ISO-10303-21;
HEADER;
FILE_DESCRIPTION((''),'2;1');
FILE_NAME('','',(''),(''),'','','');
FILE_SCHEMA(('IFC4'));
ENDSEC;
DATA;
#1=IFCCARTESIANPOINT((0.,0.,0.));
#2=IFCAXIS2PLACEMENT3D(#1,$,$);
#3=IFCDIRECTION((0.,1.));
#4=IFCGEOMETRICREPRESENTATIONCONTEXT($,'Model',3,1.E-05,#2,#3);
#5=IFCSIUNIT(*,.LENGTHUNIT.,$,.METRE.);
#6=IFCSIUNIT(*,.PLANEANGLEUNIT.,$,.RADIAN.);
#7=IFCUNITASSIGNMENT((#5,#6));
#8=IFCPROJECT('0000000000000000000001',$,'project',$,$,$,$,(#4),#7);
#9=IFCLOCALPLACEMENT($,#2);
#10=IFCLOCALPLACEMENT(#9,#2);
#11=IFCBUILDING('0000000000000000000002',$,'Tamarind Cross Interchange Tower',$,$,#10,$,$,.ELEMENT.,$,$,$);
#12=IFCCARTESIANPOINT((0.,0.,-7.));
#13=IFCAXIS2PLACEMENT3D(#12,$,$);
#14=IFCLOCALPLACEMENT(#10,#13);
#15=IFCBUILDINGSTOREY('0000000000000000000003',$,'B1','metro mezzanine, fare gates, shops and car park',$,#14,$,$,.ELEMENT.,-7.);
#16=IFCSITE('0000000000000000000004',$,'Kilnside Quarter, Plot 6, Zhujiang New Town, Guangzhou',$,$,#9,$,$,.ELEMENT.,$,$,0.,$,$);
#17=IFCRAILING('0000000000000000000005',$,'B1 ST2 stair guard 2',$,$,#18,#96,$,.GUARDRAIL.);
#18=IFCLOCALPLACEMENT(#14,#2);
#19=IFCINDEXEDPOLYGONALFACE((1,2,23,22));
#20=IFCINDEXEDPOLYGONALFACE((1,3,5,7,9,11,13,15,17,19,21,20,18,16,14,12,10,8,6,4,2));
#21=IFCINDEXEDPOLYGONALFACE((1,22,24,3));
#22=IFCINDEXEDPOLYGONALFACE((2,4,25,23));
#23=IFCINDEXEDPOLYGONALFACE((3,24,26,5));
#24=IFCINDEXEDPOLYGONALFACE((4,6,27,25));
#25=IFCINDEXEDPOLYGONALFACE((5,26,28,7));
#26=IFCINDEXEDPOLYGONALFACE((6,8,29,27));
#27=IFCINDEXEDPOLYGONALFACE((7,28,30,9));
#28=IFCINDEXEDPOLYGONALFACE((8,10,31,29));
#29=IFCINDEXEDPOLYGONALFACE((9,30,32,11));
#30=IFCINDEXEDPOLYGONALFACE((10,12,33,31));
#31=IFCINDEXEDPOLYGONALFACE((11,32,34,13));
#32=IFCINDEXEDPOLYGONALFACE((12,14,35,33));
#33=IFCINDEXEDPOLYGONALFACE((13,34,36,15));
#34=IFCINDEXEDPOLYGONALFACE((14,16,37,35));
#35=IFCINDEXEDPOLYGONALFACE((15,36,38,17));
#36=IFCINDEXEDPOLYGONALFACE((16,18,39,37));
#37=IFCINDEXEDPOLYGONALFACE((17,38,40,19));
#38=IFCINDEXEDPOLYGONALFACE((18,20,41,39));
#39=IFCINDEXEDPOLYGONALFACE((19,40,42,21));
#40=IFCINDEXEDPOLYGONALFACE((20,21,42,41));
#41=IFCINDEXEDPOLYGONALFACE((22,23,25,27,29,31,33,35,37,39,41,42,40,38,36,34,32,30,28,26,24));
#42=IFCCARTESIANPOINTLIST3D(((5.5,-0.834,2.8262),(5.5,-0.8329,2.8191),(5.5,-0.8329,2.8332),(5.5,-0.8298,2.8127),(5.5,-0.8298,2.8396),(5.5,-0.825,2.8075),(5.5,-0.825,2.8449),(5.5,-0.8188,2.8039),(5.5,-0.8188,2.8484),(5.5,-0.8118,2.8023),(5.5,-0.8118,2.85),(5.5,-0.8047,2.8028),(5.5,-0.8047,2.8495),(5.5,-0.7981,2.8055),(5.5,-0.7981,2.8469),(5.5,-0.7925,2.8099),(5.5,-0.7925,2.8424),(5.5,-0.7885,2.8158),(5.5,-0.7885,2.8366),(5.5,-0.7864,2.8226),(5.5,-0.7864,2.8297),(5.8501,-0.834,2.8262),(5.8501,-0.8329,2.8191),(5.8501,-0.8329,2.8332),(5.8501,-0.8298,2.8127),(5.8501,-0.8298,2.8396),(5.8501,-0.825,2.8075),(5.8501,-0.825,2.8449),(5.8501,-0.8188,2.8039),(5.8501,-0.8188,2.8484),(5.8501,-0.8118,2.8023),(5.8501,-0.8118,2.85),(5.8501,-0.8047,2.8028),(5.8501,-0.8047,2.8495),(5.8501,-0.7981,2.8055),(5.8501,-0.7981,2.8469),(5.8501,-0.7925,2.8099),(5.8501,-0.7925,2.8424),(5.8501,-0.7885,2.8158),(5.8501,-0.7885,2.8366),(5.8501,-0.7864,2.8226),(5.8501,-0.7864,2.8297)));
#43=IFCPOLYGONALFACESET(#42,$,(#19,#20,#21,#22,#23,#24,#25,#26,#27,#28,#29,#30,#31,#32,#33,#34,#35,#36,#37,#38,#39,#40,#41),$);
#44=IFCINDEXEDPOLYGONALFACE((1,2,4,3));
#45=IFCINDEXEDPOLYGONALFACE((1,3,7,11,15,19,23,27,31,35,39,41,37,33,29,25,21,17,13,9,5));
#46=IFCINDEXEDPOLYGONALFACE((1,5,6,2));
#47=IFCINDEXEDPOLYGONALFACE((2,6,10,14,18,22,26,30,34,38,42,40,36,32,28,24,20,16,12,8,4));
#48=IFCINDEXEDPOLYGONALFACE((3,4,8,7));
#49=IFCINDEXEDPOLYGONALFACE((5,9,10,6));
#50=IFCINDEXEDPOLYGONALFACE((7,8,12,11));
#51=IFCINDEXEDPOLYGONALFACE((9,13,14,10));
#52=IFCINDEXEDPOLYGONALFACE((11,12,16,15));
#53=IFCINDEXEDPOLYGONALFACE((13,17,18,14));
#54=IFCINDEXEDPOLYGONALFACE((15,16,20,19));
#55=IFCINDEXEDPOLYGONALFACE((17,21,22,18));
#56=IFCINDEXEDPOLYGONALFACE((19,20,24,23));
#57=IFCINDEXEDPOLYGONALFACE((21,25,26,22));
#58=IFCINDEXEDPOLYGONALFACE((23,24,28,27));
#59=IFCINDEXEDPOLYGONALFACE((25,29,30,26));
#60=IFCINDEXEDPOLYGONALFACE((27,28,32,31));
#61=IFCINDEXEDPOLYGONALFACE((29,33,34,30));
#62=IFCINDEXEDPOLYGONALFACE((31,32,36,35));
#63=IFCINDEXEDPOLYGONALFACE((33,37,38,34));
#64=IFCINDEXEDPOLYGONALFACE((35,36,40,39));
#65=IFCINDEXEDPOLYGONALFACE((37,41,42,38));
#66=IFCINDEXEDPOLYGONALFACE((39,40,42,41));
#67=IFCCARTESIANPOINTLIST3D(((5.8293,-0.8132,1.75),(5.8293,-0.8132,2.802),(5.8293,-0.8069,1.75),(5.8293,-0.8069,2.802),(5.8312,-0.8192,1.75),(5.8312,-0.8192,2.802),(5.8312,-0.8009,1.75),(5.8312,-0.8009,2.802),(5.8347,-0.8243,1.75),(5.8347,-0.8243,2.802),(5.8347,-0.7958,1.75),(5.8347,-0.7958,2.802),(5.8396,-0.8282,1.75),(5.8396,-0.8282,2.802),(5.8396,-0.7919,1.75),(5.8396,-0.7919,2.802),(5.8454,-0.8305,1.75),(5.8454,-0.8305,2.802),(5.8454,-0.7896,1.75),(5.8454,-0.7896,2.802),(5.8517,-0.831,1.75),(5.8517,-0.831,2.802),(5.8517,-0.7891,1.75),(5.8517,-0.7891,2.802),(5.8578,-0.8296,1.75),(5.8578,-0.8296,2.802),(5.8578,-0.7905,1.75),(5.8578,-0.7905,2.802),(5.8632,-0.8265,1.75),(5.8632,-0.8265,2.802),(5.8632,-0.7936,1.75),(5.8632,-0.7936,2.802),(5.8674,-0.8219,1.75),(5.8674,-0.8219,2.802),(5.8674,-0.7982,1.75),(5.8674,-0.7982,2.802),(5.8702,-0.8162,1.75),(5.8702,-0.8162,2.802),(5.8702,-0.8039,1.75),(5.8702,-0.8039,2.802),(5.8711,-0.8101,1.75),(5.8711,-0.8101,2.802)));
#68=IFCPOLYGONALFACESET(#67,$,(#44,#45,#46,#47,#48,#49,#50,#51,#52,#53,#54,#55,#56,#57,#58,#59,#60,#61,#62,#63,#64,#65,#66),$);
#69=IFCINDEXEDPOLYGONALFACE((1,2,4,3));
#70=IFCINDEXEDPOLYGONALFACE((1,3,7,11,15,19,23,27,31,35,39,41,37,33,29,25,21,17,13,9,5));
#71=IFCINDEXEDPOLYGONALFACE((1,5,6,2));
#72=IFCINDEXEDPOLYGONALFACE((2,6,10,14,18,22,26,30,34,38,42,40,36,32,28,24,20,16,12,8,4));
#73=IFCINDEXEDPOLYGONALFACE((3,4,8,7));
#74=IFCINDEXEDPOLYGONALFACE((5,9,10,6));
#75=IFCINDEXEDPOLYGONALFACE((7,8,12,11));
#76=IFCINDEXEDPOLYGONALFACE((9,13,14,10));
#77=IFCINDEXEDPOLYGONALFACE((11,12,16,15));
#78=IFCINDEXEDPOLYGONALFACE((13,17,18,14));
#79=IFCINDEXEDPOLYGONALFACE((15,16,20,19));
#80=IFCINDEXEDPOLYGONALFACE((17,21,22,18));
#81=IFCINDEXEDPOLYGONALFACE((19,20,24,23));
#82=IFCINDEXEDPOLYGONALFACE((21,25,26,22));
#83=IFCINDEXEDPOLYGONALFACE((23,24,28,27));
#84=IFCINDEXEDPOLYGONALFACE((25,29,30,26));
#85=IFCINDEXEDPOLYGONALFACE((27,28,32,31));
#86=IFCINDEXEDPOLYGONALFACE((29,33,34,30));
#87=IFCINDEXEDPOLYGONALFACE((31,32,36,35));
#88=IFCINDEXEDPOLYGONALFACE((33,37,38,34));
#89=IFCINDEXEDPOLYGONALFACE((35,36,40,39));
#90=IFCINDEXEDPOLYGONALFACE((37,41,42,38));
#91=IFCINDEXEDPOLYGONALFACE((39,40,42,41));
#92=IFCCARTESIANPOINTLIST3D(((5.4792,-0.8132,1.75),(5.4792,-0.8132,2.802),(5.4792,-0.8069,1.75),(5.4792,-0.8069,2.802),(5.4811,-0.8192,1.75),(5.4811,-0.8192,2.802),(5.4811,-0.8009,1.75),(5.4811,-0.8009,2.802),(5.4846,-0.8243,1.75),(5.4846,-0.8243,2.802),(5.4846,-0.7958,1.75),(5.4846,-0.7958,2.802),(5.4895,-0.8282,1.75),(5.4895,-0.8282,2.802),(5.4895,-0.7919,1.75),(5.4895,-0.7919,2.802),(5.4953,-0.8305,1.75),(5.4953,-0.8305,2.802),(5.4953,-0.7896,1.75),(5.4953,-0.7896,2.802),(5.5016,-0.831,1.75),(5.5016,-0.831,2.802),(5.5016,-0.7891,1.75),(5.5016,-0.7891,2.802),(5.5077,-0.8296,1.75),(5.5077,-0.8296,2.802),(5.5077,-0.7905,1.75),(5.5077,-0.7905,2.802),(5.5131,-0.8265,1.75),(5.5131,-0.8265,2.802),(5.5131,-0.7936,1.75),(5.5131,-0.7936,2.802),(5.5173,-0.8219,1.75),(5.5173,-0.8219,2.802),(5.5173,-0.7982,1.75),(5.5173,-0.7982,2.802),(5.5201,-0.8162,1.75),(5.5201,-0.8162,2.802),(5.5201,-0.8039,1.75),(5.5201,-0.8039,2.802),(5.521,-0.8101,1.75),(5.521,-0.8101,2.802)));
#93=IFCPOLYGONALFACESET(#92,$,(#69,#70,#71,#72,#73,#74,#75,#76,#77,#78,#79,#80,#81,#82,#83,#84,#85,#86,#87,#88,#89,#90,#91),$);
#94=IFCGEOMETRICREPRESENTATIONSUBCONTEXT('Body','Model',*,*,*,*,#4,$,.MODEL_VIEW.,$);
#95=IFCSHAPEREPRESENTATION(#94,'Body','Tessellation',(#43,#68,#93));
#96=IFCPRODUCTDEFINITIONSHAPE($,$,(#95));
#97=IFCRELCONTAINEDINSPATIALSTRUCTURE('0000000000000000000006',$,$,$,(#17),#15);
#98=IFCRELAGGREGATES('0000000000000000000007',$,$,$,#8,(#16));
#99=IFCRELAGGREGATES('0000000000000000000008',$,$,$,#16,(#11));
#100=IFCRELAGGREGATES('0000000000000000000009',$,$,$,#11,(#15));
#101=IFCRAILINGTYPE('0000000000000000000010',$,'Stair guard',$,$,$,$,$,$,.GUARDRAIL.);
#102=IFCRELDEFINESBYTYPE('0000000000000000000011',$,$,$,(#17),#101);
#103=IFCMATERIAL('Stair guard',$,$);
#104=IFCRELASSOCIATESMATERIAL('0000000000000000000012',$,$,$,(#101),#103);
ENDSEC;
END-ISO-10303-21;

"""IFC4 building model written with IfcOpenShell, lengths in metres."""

from ifc_helpers import new_model, si_unit, direction, frame, origin, origin_2d, place, context, subcontext, project, spatial, circle, extrude, material, type_object, element, save


model = new_model("IFC4")

# Units and contexts
model_context = context("Model", 3, precision=1e-05, world=origin(), true_north=direction((0.0, 1.0)))
body_context = subcontext(model_context, "Body", "Model", "MODEL_VIEW")
ifc_project = project(units=[si_unit("LENGTHUNIT", "METRE"), si_unit("PLANEANGLEUNIT", "RADIAN")], contexts=[model_context])

# Site, building, storey
site_placement = place(None, origin())
site = spatial("IfcSite", under=ifc_project, at=site_placement, Name="Kilnside Quarter, Plot 6, Zhujiang New Town, Guangzhou", CompositionType="ELEMENT", RefElevation=0.0)
building_placement = place(site_placement, origin())
building = spatial("IfcBuilding", under=site, at=building_placement, Name="Tamarind Cross Interchange Tower", CompositionType="ELEMENT")
storey_placement = place(building_placement, frame((0.0, 0.0, -7.0)))
storey = spatial("IfcBuildingStorey", under=building, at=storey_placement, Name="B1", Description="metro mezzanine, fare gates, shops and car park", CompositionType="ELEMENT", Elevation=-7.0)

# Railing
ifc_material_1 = material(Name="Stair guard")
railing_type_1 = type_object("IfcRailingType", Name="Stair guard", PredefinedType="GUARDRAIL", material=ifc_material_1)
railing_1_placement = place(storey_placement, frame((5.8501, -0.8101, 1.75)))
element("IfcRailing", 1, at=railing_1_placement, inside=storey, type_object=railing_type_1, Name="B1 ST2 stair guard 2", PredefinedType="GUARDRAIL", context=body_context, shape_type="SweptSolid", body=[
    extrude(circle(Radius=0.0239, at=origin_2d()), frame((0.0, 0.0, 1.0762), z_axis=(-1.0, 0.0, 0.0), x_axis=(0.0, -1.0, 0.0)), (0.0, 0.0, 1.0), 0.3501),
    extrude(circle(Radius=0.021, at=origin_2d()), origin(), (0.0, 0.0, 1.0), 1.052),
    extrude(circle(Radius=0.021, at=origin_2d()), frame((-0.3501, 0.0, 0.0)), (0.0, 0.0, 1.0), 1.052),
])

save(model, "model.ifc")
